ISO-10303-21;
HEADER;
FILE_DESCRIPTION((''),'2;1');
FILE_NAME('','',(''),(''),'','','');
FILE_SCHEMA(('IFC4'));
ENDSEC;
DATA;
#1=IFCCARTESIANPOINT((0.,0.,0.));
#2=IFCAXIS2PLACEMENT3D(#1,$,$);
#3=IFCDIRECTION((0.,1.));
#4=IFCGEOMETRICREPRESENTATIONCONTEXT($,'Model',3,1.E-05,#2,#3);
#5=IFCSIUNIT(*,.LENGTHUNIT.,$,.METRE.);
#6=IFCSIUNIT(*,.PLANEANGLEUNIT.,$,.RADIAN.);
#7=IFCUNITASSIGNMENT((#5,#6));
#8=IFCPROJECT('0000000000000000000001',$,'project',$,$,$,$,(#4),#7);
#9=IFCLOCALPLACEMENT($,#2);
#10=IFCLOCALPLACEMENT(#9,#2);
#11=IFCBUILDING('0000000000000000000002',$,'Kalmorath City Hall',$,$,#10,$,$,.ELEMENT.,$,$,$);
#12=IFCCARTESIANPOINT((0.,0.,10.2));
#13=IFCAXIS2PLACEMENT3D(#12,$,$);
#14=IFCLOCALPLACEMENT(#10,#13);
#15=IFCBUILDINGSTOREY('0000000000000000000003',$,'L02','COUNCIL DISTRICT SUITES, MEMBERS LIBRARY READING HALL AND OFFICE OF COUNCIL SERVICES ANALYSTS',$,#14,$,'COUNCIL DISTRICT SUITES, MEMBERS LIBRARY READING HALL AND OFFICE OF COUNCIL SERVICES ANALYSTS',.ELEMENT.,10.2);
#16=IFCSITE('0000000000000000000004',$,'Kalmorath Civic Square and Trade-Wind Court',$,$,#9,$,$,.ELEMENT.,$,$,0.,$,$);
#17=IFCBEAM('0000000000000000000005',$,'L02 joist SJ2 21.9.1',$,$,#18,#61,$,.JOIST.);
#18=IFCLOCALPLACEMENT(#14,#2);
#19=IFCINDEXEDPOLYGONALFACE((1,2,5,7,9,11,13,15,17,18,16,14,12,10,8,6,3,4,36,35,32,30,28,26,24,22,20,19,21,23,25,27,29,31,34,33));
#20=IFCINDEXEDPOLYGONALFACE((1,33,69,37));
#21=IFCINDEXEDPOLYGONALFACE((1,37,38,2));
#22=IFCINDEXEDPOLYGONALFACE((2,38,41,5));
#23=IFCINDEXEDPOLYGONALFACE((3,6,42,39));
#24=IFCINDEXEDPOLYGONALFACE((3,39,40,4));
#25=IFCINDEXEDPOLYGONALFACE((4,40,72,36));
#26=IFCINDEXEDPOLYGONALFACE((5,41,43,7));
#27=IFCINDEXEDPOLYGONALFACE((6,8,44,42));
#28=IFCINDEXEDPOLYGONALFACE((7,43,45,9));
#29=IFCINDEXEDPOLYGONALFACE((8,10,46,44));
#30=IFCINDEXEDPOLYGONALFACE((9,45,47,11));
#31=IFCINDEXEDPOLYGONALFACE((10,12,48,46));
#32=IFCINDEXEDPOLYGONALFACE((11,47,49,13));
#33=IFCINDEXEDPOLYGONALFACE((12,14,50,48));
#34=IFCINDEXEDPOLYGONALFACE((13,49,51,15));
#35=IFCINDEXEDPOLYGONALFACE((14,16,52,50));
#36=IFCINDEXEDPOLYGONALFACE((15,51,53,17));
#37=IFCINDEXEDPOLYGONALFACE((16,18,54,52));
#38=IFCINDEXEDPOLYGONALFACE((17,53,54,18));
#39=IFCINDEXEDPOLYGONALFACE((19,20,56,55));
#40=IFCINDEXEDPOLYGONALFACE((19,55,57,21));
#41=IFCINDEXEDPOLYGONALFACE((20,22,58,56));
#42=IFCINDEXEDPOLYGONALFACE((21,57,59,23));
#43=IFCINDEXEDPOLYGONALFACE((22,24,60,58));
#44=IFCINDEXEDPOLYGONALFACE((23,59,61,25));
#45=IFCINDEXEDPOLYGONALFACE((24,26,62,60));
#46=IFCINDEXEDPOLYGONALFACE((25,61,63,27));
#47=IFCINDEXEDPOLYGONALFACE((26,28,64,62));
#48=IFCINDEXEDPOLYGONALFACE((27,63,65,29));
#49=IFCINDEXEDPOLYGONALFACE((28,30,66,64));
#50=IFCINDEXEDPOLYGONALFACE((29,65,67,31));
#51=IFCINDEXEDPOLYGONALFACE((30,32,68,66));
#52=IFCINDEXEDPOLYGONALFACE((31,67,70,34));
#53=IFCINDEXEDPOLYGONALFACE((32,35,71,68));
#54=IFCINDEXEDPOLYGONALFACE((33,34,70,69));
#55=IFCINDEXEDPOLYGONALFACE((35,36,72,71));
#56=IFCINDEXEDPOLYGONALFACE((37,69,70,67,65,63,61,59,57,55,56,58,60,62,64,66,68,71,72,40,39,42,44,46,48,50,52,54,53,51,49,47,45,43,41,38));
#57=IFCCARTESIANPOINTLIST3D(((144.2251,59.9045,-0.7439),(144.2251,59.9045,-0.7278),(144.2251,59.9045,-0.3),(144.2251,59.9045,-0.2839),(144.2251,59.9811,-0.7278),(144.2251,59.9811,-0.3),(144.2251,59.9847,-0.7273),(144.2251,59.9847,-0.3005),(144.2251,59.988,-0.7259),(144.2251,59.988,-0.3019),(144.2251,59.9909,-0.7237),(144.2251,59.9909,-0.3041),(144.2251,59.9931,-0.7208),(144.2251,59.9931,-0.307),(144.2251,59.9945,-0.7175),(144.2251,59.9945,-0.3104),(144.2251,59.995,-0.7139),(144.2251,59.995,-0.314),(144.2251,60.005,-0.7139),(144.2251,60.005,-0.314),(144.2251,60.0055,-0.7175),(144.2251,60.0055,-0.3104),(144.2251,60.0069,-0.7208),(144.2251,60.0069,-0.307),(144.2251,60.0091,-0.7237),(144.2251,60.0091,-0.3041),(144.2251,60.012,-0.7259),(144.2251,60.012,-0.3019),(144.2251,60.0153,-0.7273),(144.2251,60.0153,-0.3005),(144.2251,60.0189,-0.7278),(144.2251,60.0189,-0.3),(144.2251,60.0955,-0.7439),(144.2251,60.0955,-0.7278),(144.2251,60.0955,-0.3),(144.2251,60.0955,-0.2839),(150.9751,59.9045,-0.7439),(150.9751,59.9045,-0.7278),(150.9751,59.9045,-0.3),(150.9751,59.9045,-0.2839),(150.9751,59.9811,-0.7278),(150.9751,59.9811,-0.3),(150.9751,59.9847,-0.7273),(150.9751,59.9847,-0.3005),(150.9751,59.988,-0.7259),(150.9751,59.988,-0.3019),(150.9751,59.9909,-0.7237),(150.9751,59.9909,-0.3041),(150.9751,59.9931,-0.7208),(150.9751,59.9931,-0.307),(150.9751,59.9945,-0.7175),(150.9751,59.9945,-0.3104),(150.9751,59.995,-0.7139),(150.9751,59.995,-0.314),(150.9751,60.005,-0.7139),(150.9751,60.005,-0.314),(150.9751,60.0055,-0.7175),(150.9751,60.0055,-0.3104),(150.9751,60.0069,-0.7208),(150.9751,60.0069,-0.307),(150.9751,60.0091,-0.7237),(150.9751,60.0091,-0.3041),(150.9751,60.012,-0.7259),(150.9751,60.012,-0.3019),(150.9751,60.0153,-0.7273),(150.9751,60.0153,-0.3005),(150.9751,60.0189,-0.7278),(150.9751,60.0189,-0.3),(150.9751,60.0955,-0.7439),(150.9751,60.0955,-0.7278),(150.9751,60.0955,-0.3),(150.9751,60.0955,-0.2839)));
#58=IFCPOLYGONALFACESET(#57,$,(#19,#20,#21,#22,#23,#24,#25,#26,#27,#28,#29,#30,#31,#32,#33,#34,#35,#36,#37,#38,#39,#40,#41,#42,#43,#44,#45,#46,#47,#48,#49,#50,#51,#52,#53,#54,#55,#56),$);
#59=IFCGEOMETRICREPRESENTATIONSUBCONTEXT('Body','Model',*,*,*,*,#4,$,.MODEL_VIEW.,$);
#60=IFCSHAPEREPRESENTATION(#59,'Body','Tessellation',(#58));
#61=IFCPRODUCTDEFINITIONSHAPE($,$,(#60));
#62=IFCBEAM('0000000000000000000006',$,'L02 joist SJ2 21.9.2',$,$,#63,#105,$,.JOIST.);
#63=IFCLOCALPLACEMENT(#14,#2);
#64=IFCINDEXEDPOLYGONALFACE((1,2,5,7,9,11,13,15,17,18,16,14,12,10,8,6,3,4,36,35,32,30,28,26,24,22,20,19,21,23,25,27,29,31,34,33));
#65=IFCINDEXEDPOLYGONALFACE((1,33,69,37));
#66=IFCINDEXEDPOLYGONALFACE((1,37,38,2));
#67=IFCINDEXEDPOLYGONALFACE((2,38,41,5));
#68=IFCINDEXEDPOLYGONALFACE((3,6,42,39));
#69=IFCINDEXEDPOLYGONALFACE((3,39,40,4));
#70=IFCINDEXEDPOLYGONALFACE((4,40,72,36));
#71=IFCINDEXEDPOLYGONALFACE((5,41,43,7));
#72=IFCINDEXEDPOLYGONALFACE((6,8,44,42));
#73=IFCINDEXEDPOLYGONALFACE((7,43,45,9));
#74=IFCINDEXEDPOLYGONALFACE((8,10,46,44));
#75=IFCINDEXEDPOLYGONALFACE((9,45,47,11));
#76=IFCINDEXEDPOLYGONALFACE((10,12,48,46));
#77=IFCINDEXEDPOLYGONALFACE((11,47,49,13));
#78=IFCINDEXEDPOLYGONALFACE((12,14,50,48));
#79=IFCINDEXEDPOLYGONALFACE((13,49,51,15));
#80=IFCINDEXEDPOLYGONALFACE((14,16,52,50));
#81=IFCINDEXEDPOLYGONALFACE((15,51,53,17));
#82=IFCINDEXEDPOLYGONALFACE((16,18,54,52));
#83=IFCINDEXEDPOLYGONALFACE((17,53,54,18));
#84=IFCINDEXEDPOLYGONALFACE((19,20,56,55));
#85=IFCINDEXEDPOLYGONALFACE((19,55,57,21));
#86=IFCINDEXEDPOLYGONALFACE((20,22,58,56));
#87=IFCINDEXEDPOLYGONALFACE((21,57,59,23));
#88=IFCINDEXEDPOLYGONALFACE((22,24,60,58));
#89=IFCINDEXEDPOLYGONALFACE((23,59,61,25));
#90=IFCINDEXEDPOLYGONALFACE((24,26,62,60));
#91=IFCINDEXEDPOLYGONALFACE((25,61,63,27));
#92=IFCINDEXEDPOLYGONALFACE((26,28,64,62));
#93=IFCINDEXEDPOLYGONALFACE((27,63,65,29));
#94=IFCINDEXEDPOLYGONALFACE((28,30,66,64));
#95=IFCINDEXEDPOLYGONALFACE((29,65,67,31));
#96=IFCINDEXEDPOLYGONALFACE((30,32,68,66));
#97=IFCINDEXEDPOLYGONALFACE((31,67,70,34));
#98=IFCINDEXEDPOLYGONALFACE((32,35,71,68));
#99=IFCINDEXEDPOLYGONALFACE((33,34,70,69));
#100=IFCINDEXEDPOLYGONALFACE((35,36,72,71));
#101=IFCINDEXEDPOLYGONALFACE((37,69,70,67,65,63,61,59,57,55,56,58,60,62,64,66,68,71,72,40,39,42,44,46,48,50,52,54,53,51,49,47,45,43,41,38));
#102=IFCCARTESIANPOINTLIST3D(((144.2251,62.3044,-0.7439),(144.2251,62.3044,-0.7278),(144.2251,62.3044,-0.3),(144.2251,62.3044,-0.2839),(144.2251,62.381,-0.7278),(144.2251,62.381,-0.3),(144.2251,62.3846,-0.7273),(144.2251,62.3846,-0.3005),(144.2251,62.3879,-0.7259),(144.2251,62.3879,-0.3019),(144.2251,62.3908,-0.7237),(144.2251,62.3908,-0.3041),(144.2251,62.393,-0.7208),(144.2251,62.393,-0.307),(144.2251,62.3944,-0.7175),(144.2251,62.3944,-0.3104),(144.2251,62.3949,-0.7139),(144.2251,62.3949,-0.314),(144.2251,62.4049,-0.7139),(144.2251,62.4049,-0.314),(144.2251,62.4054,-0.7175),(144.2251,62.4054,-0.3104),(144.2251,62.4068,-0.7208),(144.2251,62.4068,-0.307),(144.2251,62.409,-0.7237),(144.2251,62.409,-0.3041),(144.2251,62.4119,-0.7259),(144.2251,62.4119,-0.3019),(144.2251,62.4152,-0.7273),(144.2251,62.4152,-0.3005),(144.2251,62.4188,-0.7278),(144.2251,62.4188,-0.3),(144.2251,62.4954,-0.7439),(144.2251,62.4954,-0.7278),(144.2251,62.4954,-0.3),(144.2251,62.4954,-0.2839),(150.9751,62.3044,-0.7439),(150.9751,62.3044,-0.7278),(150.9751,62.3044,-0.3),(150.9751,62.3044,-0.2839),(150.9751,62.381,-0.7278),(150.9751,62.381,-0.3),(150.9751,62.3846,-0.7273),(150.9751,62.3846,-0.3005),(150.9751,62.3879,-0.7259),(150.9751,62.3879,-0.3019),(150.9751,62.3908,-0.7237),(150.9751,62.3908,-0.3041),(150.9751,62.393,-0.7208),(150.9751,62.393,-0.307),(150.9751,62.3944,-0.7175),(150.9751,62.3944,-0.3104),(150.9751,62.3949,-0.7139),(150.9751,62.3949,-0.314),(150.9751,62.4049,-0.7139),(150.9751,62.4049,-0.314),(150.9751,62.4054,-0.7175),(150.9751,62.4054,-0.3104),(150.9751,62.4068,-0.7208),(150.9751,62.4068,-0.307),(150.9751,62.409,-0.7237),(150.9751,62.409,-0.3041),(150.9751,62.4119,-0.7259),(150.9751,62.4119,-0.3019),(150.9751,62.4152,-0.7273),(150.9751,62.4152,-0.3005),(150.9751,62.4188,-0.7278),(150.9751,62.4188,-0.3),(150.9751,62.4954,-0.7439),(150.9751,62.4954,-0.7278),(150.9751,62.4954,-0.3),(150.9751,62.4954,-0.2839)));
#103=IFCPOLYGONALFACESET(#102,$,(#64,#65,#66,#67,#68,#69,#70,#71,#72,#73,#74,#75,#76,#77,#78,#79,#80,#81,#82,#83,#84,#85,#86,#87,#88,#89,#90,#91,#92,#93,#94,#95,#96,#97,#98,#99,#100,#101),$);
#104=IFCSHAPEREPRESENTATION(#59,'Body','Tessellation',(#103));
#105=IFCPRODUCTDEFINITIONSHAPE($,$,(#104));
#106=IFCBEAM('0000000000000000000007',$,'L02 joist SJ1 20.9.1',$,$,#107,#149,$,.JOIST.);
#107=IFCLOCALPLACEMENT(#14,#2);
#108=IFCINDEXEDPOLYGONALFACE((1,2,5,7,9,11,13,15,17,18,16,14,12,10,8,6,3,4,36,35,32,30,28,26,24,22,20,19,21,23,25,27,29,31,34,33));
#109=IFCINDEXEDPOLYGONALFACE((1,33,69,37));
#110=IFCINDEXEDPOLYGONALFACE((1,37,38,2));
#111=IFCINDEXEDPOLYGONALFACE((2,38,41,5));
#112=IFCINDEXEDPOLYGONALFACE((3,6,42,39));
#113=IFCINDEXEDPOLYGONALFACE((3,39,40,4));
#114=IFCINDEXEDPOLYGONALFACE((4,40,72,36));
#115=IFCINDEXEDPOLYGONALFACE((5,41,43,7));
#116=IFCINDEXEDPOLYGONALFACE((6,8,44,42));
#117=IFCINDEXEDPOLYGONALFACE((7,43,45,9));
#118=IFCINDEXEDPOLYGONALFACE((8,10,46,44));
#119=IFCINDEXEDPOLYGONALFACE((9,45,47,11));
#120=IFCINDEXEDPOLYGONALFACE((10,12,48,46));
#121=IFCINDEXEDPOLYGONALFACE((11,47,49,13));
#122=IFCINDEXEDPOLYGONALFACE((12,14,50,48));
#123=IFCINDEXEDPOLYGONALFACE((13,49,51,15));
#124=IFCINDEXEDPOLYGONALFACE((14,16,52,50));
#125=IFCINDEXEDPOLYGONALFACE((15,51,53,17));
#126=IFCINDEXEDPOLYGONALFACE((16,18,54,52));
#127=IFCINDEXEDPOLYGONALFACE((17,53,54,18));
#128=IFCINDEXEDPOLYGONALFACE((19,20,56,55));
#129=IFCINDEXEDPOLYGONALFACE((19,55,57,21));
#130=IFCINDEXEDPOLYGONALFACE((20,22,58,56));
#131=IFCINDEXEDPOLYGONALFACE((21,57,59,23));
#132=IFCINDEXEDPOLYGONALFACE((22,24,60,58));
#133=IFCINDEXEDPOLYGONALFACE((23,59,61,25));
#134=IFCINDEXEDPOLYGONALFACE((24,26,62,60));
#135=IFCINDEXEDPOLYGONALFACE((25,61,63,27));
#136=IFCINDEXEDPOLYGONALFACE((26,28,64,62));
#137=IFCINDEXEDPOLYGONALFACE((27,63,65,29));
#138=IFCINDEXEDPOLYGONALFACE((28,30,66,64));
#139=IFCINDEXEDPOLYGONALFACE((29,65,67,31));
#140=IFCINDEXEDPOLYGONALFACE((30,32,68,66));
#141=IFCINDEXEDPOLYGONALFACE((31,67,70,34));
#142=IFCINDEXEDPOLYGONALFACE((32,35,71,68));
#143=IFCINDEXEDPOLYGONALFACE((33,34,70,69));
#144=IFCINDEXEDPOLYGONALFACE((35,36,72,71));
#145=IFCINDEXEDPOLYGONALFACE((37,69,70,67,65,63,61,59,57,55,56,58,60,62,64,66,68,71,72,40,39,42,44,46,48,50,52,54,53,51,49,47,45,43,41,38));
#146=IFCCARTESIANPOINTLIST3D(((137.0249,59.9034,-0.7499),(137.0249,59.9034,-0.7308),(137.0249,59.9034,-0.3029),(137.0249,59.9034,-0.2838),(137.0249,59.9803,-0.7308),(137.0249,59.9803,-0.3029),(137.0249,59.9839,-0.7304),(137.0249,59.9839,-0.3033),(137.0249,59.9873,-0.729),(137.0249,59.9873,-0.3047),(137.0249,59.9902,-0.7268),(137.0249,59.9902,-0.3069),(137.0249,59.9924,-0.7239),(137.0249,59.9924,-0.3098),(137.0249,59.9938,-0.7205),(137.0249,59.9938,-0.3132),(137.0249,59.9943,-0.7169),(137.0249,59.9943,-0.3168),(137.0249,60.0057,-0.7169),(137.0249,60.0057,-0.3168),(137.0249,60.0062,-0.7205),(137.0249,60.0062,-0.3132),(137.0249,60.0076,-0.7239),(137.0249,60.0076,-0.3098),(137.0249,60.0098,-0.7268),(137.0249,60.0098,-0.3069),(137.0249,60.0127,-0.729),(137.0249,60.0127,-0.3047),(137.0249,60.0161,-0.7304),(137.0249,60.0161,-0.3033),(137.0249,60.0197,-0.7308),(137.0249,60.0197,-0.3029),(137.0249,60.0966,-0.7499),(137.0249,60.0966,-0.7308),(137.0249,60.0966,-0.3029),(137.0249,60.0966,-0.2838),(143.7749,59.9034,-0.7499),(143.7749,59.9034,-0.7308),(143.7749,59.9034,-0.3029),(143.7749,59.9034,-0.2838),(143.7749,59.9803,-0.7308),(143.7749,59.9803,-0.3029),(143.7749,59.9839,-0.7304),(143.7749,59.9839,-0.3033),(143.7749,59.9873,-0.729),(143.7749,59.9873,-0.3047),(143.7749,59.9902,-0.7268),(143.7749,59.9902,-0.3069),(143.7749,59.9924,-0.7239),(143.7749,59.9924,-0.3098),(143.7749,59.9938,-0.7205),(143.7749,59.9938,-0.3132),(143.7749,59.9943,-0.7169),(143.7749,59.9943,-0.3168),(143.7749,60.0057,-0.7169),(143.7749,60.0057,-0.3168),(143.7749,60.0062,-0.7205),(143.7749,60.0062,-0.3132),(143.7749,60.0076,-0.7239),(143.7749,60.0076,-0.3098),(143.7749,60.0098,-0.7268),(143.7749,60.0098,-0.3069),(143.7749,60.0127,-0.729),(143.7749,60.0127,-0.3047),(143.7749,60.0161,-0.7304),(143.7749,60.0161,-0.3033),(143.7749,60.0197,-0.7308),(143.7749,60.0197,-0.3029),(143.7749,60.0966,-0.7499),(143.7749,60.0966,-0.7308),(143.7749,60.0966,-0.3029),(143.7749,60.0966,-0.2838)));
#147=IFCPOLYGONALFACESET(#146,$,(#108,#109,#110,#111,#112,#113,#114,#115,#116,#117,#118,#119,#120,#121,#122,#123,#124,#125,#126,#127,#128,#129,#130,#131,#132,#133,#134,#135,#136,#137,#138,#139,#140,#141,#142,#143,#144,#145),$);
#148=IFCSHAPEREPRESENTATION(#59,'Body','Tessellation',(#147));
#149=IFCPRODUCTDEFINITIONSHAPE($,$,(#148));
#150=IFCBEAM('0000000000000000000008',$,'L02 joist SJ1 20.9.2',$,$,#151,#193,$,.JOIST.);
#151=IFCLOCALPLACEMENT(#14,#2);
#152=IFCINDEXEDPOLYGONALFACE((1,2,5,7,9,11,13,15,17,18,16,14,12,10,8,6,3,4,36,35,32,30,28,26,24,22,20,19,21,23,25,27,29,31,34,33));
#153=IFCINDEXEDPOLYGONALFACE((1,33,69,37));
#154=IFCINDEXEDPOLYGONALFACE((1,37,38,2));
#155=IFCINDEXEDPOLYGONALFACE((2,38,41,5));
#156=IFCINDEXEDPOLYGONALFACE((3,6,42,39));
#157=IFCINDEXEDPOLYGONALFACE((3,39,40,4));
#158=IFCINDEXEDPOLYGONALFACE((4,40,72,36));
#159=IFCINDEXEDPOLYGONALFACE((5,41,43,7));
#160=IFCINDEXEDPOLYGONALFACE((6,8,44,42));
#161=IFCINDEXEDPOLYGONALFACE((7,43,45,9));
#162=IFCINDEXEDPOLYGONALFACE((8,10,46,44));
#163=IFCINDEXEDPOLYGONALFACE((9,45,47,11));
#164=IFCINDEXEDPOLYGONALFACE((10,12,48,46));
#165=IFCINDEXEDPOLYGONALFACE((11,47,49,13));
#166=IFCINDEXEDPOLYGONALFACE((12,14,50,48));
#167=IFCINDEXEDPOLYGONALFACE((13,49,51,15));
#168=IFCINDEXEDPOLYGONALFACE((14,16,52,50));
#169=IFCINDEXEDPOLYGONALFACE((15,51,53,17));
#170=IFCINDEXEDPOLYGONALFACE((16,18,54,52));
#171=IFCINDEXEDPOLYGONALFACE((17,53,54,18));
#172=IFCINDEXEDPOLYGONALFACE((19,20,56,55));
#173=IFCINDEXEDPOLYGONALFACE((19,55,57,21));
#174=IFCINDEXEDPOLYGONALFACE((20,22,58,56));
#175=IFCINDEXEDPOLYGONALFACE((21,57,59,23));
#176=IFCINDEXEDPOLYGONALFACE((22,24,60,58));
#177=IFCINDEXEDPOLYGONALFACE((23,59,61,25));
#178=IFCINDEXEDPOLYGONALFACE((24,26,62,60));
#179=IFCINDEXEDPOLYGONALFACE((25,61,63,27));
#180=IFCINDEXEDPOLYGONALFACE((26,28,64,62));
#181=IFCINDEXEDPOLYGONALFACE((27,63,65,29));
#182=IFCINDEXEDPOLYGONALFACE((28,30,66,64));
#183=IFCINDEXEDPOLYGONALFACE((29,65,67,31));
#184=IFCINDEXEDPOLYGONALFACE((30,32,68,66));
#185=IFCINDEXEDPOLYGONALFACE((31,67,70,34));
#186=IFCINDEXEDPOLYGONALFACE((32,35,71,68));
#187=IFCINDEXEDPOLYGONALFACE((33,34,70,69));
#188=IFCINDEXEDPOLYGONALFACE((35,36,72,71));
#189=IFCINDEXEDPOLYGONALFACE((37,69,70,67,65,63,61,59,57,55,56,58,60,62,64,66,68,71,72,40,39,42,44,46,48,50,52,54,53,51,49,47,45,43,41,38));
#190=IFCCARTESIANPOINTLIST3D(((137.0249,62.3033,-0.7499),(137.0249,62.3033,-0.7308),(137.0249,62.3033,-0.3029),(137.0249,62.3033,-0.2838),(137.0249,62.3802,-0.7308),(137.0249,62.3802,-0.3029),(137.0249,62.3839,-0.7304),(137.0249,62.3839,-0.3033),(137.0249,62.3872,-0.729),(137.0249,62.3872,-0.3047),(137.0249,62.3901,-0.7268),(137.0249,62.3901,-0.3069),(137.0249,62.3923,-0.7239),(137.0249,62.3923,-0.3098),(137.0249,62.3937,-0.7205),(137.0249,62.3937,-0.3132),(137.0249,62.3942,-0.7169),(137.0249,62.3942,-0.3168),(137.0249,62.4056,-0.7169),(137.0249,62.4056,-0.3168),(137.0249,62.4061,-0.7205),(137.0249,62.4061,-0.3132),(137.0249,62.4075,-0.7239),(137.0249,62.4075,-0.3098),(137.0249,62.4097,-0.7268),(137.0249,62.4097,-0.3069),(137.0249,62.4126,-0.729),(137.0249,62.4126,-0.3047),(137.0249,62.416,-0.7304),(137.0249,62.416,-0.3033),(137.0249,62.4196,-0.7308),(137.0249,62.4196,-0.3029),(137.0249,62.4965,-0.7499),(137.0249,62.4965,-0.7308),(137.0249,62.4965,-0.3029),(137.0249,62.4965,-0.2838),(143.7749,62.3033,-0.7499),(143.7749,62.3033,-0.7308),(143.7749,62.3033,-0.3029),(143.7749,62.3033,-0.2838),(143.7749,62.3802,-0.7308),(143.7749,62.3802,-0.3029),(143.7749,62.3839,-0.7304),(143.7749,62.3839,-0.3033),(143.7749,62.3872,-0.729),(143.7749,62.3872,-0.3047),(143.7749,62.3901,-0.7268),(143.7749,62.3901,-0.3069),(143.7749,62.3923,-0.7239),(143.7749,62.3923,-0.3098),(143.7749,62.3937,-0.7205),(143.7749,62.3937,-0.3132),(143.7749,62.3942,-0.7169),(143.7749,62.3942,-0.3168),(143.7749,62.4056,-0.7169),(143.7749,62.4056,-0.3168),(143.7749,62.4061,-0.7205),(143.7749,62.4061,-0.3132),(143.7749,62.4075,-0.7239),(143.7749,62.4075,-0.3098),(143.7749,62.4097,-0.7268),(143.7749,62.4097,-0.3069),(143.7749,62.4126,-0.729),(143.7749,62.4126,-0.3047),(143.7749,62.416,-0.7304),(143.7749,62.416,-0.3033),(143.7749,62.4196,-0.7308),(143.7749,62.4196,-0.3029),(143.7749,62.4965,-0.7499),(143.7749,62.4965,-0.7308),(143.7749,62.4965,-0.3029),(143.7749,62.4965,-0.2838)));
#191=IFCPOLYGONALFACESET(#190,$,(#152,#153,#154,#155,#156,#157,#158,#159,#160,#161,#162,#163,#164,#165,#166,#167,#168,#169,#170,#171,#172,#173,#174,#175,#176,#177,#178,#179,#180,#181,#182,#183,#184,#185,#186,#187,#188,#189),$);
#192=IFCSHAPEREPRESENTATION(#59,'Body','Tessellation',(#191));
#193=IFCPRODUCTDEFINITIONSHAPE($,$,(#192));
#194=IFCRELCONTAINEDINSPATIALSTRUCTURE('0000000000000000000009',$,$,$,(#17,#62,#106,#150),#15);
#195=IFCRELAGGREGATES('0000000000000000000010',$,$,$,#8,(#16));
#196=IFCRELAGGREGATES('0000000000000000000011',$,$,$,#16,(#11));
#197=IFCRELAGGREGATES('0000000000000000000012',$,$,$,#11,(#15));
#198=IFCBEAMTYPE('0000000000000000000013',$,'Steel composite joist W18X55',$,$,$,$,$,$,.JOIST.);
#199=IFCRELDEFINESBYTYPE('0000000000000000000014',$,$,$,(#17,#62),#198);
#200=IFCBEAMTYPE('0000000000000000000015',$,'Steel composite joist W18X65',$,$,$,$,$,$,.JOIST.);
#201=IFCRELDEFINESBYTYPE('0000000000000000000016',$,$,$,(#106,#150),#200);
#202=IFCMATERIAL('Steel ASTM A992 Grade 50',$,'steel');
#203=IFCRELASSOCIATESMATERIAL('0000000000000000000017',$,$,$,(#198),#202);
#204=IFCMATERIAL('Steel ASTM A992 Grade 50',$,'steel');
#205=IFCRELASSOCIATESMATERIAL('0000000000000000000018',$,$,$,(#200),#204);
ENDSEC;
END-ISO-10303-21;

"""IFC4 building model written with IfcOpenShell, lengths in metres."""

from ifc_helpers import new_model, si_unit, direction, frame, origin, origin_2d, place, context, subcontext, project, spatial, i_section, extrude, material, material_profile, profile_set, type_object, element, save


model = new_model("IFC4")

# Units and contexts
model_context = context("Model", 3, precision=1e-05, world=origin(), true_north=direction((0.0, 1.0)))
body_context = subcontext(model_context, "Body", "Model", "MODEL_VIEW")
ifc_project = project(units=[si_unit("LENGTHUNIT", "METRE"), si_unit("PLANEANGLEUNIT", "RADIAN")], contexts=[model_context])

# Site, building, storey
site_placement = place(None, origin())
site = spatial("IfcSite", under=ifc_project, at=site_placement, Name="Kalmorath Civic Square and Trade-Wind Court", CompositionType="ELEMENT", RefElevation=0.0)
building_placement = place(site_placement, origin())
building = spatial("IfcBuilding", under=site, at=building_placement, Name="Kalmorath City Hall", CompositionType="ELEMENT")
storey_placement = place(building_placement, frame((0.0, 0.0, 10.2)))
storey = spatial("IfcBuildingStorey", under=building, at=storey_placement, Name="L02", Description="COUNCIL DISTRICT SUITES, MEMBERS LIBRARY READING HALL AND OFFICE OF COUNCIL SERVICES ANALYSTS", LongName="COUNCIL DISTRICT SUITES, MEMBERS LIBRARY READING HALL AND OFFICE OF COUNCIL SERVICES ANALYSTS", CompositionType="ELEMENT", Elevation=10.2)

# Beams
ifc_material_1 = material(Name="Steel ASTM A992 Grade 50", Category="steel")
ifc_material_profile_1 = material_profile(ifc_material_1, i_section(OverallWidth=0.1909, OverallDepth=0.46, WebThickness=0.01, FlangeThickness=0.0161, FilletRadius=0.0139, at=origin_2d()), Name="W18X55")
ifc_profile_set_1 = profile_set([ifc_material_profile_1], Name="Steel ASTM A992 Grade 50")
beam_type_1 = type_object("IfcBeamType", Name="Steel composite joist W18X55", PredefinedType="JOIST", material=ifc_profile_set_1)
for number, where, z_axis, x_axis, name in (
    (1, (144.2251, 60.0, -0.5139), (1.0, 0.0, 0.0), (0.0, 1.0, 0.0), "L02 joist SJ2 21.9.1"),
    (2, (144.2251, 62.3999, -0.5139), (1.0, 0.0, 0.0), (0.0, 1.0, 0.0), "L02 joist SJ2 21.9.2"),
):
    element("IfcBeam", number, at=place(storey_placement, frame(where, z_axis=z_axis, x_axis=x_axis)), inside=storey, type_object=beam_type_1, Name=name, PredefinedType="JOIST", context=body_context, shape_type="SweptSolid", body=[
        extrude(i_section(OverallWidth=0.1909, OverallDepth=0.46, WebThickness=0.01, FlangeThickness=0.0161, FilletRadius=0.0139, at=origin_2d()), origin(), (0.0, 0.0, 1.0), 6.75),
    ])
ifc_material_2 = material(Name="Steel ASTM A992 Grade 50", Category="steel")
ifc_material_profile_2 = material_profile(ifc_material_2, i_section(OverallWidth=0.1931, OverallDepth=0.4661, WebThickness=0.0115, FlangeThickness=0.019, FilletRadius=0.0139, at=origin_2d()), Name="W18X65")
ifc_profile_set_2 = profile_set([ifc_material_profile_2], Name="Steel ASTM A992 Grade 50")
beam_type_2 = type_object("IfcBeamType", Name="Steel composite joist W18X65", PredefinedType="JOIST", material=ifc_profile_set_2)
for number, where, z_axis, x_axis, name in (
    (3, (137.0249, 60.0, -0.5168), (1.0, 0.0, 0.0), (0.0, 1.0, 0.0), "L02 joist SJ1 20.9.1"),
    (4, (137.0249, 62.3999, -0.5168), (1.0, 0.0, 0.0), (0.0, 1.0, 0.0), "L02 joist SJ1 20.9.2"),
):
    element("IfcBeam", number, at=place(storey_placement, frame(where, z_axis=z_axis, x_axis=x_axis)), inside=storey, type_object=beam_type_2, Name=name, PredefinedType="JOIST", context=body_context, shape_type="SweptSolid", body=[
        extrude(i_section(OverallWidth=0.1931, OverallDepth=0.4661, WebThickness=0.0115, FlangeThickness=0.019, FilletRadius=0.0139, at=origin_2d()), origin(), (0.0, 0.0, 1.0), 6.75),
    ])

save(model, "model.ifc")
